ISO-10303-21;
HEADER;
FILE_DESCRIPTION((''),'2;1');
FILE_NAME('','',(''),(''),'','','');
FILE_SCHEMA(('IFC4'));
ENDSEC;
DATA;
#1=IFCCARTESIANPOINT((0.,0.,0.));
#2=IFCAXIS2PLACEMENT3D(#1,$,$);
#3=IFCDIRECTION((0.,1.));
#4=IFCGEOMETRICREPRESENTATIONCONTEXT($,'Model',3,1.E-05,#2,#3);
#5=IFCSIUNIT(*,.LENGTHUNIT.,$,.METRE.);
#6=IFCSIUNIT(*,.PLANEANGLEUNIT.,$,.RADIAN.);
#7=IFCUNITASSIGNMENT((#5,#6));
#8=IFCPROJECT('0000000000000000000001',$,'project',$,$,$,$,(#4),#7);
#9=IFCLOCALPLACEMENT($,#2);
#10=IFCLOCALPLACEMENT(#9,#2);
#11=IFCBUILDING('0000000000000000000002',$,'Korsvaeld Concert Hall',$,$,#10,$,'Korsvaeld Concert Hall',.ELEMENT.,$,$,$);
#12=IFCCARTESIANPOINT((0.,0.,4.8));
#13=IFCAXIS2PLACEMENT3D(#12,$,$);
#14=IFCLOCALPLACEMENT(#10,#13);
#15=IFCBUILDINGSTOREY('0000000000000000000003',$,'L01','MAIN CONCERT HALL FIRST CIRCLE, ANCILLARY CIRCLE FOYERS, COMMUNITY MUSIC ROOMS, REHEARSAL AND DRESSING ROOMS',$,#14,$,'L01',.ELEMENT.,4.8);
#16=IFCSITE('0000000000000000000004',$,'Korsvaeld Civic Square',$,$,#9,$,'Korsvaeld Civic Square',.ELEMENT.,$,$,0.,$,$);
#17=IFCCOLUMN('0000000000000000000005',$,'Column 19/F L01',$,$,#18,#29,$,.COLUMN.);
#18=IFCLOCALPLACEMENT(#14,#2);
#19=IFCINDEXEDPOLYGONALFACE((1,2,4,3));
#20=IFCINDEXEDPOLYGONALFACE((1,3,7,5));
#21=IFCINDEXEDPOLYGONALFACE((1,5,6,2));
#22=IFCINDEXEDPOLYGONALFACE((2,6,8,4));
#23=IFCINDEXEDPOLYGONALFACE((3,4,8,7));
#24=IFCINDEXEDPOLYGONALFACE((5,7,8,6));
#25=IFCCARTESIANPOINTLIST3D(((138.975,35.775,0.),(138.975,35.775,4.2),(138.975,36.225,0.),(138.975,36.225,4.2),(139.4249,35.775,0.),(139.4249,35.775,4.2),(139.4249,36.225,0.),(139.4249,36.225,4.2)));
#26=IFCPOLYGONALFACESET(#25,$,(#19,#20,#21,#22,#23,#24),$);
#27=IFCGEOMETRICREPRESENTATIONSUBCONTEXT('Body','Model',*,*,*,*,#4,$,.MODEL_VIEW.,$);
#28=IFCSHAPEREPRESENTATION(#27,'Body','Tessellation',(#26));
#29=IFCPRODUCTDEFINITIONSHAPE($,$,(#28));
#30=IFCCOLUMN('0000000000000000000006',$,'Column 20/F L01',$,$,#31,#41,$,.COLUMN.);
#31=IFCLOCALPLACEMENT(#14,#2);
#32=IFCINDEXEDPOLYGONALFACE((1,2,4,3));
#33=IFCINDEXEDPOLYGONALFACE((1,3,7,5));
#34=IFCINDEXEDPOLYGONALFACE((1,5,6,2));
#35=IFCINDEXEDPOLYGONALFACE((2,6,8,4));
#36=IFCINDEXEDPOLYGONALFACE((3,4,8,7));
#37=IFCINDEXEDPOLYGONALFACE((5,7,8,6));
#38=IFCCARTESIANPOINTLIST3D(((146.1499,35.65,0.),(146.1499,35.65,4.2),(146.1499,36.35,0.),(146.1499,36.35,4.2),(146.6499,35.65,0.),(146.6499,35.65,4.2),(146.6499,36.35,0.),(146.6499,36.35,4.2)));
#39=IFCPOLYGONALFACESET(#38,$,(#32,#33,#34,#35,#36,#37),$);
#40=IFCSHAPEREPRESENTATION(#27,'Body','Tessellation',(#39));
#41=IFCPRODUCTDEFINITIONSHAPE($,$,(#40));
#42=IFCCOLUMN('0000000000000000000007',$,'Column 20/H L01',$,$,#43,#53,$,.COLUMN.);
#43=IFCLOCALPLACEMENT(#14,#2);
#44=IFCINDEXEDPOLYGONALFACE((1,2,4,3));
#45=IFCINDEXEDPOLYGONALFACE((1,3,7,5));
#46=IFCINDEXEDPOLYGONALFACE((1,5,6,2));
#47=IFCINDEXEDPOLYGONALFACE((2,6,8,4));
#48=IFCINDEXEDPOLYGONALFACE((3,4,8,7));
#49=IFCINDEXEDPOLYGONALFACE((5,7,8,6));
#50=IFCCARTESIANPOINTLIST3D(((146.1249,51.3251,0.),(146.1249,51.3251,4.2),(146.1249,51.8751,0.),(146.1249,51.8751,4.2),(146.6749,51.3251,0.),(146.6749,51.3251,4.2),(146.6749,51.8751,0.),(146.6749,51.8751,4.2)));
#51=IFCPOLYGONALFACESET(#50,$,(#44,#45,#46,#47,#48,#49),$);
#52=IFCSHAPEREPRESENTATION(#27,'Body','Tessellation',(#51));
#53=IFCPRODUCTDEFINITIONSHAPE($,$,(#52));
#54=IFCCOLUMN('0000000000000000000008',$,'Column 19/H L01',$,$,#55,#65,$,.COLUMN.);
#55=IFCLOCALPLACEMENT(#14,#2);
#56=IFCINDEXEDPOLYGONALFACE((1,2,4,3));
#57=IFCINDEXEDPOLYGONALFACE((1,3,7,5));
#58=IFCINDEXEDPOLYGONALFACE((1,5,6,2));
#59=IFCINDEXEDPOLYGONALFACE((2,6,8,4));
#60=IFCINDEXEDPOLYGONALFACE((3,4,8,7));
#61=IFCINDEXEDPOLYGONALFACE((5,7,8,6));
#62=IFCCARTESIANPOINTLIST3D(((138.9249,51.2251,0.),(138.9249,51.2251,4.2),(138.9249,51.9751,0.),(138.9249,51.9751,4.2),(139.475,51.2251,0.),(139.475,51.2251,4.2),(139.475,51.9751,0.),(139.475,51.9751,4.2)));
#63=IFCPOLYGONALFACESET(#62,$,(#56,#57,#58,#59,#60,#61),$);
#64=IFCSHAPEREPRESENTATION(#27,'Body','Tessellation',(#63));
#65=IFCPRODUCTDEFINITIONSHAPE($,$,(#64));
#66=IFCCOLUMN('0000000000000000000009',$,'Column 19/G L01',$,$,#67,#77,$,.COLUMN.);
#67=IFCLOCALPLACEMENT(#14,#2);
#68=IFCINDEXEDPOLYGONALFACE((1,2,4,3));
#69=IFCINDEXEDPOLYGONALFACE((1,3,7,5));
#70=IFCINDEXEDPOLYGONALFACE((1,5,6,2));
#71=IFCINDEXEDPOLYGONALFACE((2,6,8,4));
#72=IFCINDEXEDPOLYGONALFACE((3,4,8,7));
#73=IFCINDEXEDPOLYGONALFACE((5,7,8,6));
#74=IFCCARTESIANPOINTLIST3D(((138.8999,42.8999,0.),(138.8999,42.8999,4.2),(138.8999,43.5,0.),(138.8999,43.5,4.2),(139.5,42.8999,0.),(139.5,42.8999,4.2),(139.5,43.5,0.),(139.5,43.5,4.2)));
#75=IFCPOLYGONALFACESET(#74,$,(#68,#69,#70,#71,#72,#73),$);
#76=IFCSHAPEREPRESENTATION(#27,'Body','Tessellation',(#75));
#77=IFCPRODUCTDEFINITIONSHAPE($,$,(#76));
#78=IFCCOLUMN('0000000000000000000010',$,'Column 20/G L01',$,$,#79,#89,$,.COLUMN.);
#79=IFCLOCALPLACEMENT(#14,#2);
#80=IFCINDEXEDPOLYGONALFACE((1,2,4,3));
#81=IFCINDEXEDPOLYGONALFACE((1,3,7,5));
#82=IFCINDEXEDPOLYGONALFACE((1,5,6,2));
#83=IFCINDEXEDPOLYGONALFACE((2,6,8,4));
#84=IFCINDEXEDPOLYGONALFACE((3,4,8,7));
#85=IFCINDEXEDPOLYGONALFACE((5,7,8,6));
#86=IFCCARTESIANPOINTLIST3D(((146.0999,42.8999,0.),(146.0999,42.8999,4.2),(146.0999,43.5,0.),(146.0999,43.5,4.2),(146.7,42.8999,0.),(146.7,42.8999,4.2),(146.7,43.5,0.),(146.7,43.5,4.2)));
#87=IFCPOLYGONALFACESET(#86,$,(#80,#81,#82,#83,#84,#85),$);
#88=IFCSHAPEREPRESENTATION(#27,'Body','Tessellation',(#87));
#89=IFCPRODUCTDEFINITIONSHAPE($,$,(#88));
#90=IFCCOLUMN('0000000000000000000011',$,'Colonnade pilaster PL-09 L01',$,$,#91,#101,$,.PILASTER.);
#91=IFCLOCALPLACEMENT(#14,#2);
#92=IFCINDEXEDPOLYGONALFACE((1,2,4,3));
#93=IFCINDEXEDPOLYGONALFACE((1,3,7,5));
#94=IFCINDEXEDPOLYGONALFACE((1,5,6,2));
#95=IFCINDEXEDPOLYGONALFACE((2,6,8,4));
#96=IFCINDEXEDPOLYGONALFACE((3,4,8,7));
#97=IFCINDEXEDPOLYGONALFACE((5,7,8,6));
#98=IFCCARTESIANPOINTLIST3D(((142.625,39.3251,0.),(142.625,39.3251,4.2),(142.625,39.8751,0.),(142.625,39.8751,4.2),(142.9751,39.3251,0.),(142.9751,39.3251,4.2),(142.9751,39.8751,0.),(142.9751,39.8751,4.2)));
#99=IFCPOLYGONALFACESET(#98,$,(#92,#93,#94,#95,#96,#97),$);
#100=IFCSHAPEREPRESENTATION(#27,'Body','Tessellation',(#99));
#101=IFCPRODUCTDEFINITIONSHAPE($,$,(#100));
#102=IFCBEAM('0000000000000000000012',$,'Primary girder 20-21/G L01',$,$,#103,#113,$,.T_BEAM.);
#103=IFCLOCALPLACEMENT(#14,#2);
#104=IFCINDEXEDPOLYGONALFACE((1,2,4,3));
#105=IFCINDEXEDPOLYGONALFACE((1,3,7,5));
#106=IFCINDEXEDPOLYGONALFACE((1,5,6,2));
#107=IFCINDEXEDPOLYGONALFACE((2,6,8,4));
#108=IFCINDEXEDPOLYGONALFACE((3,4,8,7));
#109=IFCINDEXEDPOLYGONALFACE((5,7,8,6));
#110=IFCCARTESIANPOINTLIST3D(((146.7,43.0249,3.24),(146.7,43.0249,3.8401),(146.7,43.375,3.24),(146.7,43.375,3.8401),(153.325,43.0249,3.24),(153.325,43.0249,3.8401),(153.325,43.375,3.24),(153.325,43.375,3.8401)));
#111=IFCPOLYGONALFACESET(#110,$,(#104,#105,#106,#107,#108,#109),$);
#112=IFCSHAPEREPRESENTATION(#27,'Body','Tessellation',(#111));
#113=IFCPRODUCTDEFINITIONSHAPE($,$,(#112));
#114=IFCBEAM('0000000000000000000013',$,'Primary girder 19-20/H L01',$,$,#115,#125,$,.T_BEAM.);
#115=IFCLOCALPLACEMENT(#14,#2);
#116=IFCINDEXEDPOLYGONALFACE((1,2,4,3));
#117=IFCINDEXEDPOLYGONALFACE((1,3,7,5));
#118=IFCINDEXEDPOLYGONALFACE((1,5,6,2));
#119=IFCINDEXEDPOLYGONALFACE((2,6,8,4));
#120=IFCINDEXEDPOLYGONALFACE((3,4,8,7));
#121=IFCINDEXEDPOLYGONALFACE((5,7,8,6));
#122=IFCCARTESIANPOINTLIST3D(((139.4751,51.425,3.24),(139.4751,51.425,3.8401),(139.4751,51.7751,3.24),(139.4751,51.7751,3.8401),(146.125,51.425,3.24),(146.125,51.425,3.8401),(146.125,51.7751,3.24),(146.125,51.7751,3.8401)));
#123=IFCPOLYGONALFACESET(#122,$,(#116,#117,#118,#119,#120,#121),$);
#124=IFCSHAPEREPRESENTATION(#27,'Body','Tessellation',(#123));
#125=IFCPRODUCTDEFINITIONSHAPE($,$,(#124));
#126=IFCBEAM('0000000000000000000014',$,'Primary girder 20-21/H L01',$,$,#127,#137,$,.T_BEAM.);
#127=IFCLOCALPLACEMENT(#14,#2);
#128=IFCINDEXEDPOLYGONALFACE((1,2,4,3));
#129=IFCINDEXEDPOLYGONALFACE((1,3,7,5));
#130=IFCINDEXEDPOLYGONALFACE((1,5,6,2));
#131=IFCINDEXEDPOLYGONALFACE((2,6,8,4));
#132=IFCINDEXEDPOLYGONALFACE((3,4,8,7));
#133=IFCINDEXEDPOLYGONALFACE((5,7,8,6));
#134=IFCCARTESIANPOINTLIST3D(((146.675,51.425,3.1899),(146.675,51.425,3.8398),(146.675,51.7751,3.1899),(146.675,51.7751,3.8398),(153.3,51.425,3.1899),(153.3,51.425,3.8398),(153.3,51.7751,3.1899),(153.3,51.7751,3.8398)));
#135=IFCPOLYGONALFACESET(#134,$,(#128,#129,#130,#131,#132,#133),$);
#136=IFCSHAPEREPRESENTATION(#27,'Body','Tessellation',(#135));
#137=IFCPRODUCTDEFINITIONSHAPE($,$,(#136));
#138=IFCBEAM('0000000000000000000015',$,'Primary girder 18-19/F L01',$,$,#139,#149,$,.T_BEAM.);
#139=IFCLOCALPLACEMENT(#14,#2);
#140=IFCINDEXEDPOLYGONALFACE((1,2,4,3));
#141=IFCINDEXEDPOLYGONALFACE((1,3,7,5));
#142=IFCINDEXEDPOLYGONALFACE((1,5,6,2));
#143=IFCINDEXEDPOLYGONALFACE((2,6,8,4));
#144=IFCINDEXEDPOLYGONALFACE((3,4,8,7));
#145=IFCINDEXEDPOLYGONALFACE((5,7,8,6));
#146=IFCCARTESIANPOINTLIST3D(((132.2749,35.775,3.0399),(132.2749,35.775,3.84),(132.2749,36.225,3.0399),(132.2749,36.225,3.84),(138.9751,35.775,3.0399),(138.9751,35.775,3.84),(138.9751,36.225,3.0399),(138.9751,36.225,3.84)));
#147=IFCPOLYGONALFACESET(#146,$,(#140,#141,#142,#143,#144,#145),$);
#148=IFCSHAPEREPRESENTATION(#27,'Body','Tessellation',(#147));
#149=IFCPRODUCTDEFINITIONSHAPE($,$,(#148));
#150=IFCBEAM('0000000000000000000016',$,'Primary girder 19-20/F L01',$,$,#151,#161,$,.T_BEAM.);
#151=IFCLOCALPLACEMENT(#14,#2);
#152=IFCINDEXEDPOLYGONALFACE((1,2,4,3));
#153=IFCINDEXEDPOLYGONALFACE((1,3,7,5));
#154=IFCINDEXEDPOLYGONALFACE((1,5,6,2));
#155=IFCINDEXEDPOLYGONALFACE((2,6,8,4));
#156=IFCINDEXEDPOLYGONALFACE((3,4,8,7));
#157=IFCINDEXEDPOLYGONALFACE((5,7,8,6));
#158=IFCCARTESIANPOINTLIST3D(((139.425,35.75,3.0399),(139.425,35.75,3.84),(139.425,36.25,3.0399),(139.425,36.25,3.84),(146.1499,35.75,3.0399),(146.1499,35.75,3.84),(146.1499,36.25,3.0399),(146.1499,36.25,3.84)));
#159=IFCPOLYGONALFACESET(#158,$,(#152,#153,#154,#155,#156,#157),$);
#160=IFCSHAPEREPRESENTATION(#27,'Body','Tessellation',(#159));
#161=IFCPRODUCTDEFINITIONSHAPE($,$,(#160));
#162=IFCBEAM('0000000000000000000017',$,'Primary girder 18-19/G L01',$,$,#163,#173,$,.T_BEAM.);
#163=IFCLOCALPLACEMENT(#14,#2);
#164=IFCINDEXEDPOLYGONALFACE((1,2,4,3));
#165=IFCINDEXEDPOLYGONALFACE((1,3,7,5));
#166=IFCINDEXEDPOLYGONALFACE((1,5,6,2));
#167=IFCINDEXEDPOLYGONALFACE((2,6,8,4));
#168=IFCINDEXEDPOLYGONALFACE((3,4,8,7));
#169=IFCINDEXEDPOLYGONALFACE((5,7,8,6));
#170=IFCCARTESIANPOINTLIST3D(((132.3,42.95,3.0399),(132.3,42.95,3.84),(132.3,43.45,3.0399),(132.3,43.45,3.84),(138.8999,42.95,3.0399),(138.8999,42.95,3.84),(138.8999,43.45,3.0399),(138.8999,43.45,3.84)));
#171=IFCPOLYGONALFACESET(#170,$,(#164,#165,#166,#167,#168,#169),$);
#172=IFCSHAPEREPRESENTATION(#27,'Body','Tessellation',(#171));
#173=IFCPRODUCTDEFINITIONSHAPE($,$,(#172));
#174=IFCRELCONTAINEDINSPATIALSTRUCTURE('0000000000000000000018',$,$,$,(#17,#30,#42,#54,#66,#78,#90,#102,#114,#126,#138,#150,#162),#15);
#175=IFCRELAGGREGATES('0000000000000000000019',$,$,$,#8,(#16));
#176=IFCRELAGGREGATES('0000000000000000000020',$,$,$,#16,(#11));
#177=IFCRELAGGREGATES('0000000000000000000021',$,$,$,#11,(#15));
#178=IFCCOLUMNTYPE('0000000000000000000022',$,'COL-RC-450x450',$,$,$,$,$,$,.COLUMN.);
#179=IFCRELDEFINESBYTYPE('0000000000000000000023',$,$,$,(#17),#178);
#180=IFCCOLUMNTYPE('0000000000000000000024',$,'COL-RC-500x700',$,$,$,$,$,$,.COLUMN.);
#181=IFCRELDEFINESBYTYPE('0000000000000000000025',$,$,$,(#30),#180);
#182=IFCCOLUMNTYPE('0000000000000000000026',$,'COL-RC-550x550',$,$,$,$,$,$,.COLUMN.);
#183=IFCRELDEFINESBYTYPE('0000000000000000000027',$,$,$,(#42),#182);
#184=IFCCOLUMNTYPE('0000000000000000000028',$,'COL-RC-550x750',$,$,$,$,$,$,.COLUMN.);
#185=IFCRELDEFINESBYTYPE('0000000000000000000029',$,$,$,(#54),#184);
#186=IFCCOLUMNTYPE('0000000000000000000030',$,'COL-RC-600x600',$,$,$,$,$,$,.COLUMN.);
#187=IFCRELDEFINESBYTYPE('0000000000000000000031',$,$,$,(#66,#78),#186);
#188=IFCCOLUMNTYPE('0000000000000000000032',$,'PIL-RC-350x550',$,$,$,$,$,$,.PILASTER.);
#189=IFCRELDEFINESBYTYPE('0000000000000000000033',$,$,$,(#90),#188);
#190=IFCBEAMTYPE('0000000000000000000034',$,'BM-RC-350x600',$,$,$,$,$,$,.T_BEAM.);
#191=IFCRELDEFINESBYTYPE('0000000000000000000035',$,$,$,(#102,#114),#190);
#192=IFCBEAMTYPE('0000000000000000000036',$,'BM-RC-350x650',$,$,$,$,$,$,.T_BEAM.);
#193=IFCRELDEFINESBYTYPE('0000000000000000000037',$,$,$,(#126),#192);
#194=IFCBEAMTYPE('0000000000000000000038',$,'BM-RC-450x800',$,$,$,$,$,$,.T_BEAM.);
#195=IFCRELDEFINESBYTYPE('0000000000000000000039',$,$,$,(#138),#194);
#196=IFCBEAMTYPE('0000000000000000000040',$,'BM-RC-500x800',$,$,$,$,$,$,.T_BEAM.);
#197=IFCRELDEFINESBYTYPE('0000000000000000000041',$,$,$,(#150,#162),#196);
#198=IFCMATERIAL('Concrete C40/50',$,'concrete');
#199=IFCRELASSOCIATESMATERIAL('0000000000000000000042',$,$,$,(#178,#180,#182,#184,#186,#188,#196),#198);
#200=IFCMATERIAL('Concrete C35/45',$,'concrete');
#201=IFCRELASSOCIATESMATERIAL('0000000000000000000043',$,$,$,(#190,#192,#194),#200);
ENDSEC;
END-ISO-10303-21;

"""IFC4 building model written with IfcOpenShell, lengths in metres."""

from ifc_helpers import new_model, si_unit, direction, frame, origin, origin_2d, place, context, subcontext, project, spatial, rectangle, extrude, material, material_profile, profile_set, type_object, element, save


model = new_model("IFC4")

# Units and contexts
model_context = context("Model", 3, precision=1e-05, world=origin(), true_north=direction((0.0, 1.0)))
body_context = subcontext(model_context, "Body", "Model", "MODEL_VIEW")
ifc_project = project(units=[si_unit("LENGTHUNIT", "METRE"), si_unit("PLANEANGLEUNIT", "RADIAN")], contexts=[model_context])

# Site, building, storey
site_placement = place(None, origin())
site = spatial("IfcSite", under=ifc_project, at=site_placement, Name="Korsvaeld Civic Square", LongName="Korsvaeld Civic Square", CompositionType="ELEMENT", RefElevation=0.0)
building_placement = place(site_placement, origin())
building = spatial("IfcBuilding", under=site, at=building_placement, Name="Korsvaeld Concert Hall", LongName="Korsvaeld Concert Hall", CompositionType="ELEMENT")
storey_placement = place(building_placement, frame((0.0, 0.0, 4.8)))
storey = spatial("IfcBuildingStorey", under=building, at=storey_placement, Name="L01", Description="MAIN CONCERT HALL FIRST CIRCLE, ANCILLARY CIRCLE FOYERS, COMMUNITY MUSIC ROOMS, REHEARSAL AND DRESSING ROOMS", LongName="L01", CompositionType="ELEMENT", Elevation=4.8)

# Columns
ifc_material_1 = material(Name="Concrete C40/50", Category="concrete")
ifc_material_profile_1 = material_profile(ifc_material_1, rectangle(XDim=0.45, YDim=0.45, at=origin_2d()), Name="RC 450x450")
ifc_profile_set_1 = profile_set([ifc_material_profile_1], Name="Concrete C40/50")
column_type_1 = type_object("IfcColumnType", Name="COL-RC-450x450", PredefinedType="COLUMN", material=ifc_profile_set_1)
column_1_placement = place(storey_placement, frame((139.2, 36.0, 0.0), z_axis=(0.0, 0.0, 1.0), x_axis=(1.0, 0.0, 0.0)))
element("IfcColumn", 1, at=column_1_placement, inside=storey, type_object=column_type_1, Name="Column 19/F L01", PredefinedType="COLUMN", context=body_context, shape_type="SweptSolid", body=[
    extrude(rectangle(XDim=0.45, YDim=0.45, at=origin_2d()), origin(), (0.0, 0.0, 1.0), 4.2),
])
ifc_material_profile_2 = material_profile(ifc_material_1, rectangle(XDim=0.5, YDim=0.7, at=origin_2d()), Name="RC 500x700")
ifc_profile_set_2 = profile_set([ifc_material_profile_2], Name="Concrete C40/50")
column_type_2 = type_object("IfcColumnType", Name="COL-RC-500x700", PredefinedType="COLUMN", material=ifc_profile_set_2)
column_2_placement = place(storey_placement, frame((146.3999, 36.0, 0.0), z_axis=(0.0, 0.0, 1.0), x_axis=(1.0, 0.0, 0.0)))
element("IfcColumn", 2, at=column_2_placement, inside=storey, type_object=column_type_2, Name="Column 20/F L01", PredefinedType="COLUMN", context=body_context, shape_type="SweptSolid", body=[
    extrude(rectangle(XDim=0.5, YDim=0.7, at=origin_2d()), origin(), (0.0, 0.0, 1.0), 4.2),
])
ifc_material_profile_3 = material_profile(ifc_material_1, rectangle(XDim=0.55, YDim=0.55, at=origin_2d()), Name="RC 550x550")
ifc_profile_set_3 = profile_set([ifc_material_profile_3], Name="Concrete C40/50")
column_type_3 = type_object("IfcColumnType", Name="COL-RC-550x550", PredefinedType="COLUMN", material=ifc_profile_set_3)
column_3_placement = place(storey_placement, frame((146.3999, 51.6001, 0.0), z_axis=(0.0, 0.0, 1.0), x_axis=(1.0, 0.0, 0.0)))
element("IfcColumn", 3, at=column_3_placement, inside=storey, type_object=column_type_3, Name="Column 20/H L01", PredefinedType="COLUMN", context=body_context, shape_type="SweptSolid", body=[
    extrude(rectangle(XDim=0.55, YDim=0.55, at=origin_2d()), origin(), (0.0, 0.0, 1.0), 4.2),
])
ifc_material_profile_4 = material_profile(ifc_material_1, rectangle(XDim=0.55, YDim=0.75, at=origin_2d()), Name="RC 550x750")
ifc_profile_set_4 = profile_set([ifc_material_profile_4], Name="Concrete C40/50")
column_type_4 = type_object("IfcColumnType", Name="COL-RC-550x750", PredefinedType="COLUMN", material=ifc_profile_set_4)
column_4_placement = place(storey_placement, frame((139.2, 51.6001, 0.0), z_axis=(0.0, 0.0, 1.0), x_axis=(1.0, 0.0, 0.0)))
element("IfcColumn", 4, at=column_4_placement, inside=storey, type_object=column_type_4, Name="Column 19/H L01", PredefinedType="COLUMN", context=body_context, shape_type="SweptSolid", body=[
    extrude(rectangle(XDim=0.55, YDim=0.75, at=origin_2d()), origin(), (0.0, 0.0, 1.0), 4.2),
])
ifc_material_profile_5 = material_profile(ifc_material_1, rectangle(XDim=0.6001, YDim=0.6001, at=origin_2d()), Name="RC 600x600")
ifc_profile_set_5 = profile_set([ifc_material_profile_5], Name="Concrete C40/50")
column_type_5 = type_object("IfcColumnType", Name="COL-RC-600x600", PredefinedType="COLUMN", material=ifc_profile_set_5)
for number, where, z_axis, x_axis, name in (
    (5, (139.2, 43.2, 0.0), (0.0, 0.0, 1.0), (1.0, 0.0, 0.0), "Column 19/G L01"),
    (6, (146.3999, 43.2, 0.0), (0.0, 0.0, 1.0), (1.0, 0.0, 0.0), "Column 20/G L01"),
):
    element("IfcColumn", number, at=place(storey_placement, frame(where, z_axis=z_axis, x_axis=x_axis)), inside=storey, type_object=column_type_5, Name=name, PredefinedType="COLUMN", context=body_context, shape_type="SweptSolid", body=[
        extrude(rectangle(XDim=0.6001, YDim=0.6001, at=origin_2d()), origin(), (0.0, 0.0, 1.0), 4.2),
    ])
ifc_material_profile_6 = material_profile(ifc_material_1, rectangle(XDim=0.3501, YDim=0.55, at=origin_2d()), Name="RC 350x550")
ifc_profile_set_6 = profile_set([ifc_material_profile_6], Name="Concrete C40/50")
column_type_6 = type_object("IfcColumnType", Name="PIL-RC-350x550", PredefinedType="PILASTER", material=ifc_profile_set_6)
column_5_placement = place(storey_placement, frame((142.8, 39.6001, 0.0), z_axis=(0.0, 0.0, 1.0), x_axis=(1.0, 0.0, 0.0)))
element("IfcColumn", 7, at=column_5_placement, inside=storey, type_object=column_type_6, Name="Colonnade pilaster PL-09 L01", PredefinedType="PILASTER", context=body_context, shape_type="SweptSolid", body=[
    extrude(rectangle(XDim=0.3501, YDim=0.55, at=origin_2d()), origin(), (0.0, 0.0, 1.0), 4.2),
])

# Beams
ifc_material_2 = material(Name="Concrete C35/45", Category="concrete")
ifc_material_profile_7 = material_profile(ifc_material_2, rectangle(XDim=0.3501, YDim=0.6001, at=origin_2d()), Name="RC 350x600")
ifc_profile_set_7 = profile_set([ifc_material_profile_7], Name="Concrete C35/45")
beam_type_1 = type_object("IfcBeamType", Name="BM-RC-350x600", PredefinedType="T_BEAM", material=ifc_profile_set_7)
beam_1_placement = place(storey_placement, frame((146.7, 43.2, 3.54), z_axis=(1.0, 0.0, 0.0), x_axis=(0.0, 1.0, 0.0)))
element("IfcBeam", 8, at=beam_1_placement, inside=storey, type_object=beam_type_1, Name="Primary girder 20-21/G L01", PredefinedType="T_BEAM", context=body_context, shape_type="SweptSolid", body=[
    extrude(rectangle(XDim=0.3501, YDim=0.6001, at=origin_2d()), origin(), (0.0, 0.0, 1.0), 6.625),
])
beam_2_placement = place(storey_placement, frame((139.4751, 51.6001, 3.54), z_axis=(1.0, 0.0, 0.0), x_axis=(0.0, 1.0, 0.0)))
element("IfcBeam", 9, at=beam_2_placement, inside=storey, type_object=beam_type_1, Name="Primary girder 19-20/H L01", PredefinedType="T_BEAM", context=body_context, shape_type="SweptSolid", body=[
    extrude(rectangle(XDim=0.3501, YDim=0.6001, at=origin_2d()), origin(), (0.0, 0.0, 1.0), 6.6499),
])
ifc_material_profile_8 = material_profile(ifc_material_2, rectangle(XDim=0.3501, YDim=0.6499, at=origin_2d()), Name="RC 350x650")
ifc_profile_set_8 = profile_set([ifc_material_profile_8], Name="Concrete C35/45")
beam_type_2 = type_object("IfcBeamType", Name="BM-RC-350x650", PredefinedType="T_BEAM", material=ifc_profile_set_8)
beam_3_placement = place(storey_placement, frame((146.675, 51.6001, 3.5149), z_axis=(1.0, 0.0, 0.0), x_axis=(0.0, 1.0, 0.0)))
element("IfcBeam", 10, at=beam_3_placement, inside=storey, type_object=beam_type_2, Name="Primary girder 20-21/H L01", PredefinedType="T_BEAM", context=body_context, shape_type="SweptSolid", body=[
    extrude(rectangle(XDim=0.3501, YDim=0.6499, at=origin_2d()), origin(), (0.0, 0.0, 1.0), 6.625),
])
ifc_material_profile_9 = material_profile(ifc_material_2, rectangle(XDim=0.45, YDim=0.8, at=origin_2d()), Name="RC 450x800")
ifc_profile_set_9 = profile_set([ifc_material_profile_9], Name="Concrete C35/45")
beam_type_3 = type_object("IfcBeamType", Name="BM-RC-450x800", PredefinedType="T_BEAM", material=ifc_profile_set_9)
beam_4_placement = place(storey_placement, frame((132.2749, 36.0, 3.4399), z_axis=(1.0, 0.0, 0.0), x_axis=(0.0, 1.0, 0.0)))
element("IfcBeam", 11, at=beam_4_placement, inside=storey, type_object=beam_type_3, Name="Primary girder 18-19/F L01", PredefinedType="T_BEAM", context=body_context, shape_type="SweptSolid", body=[
    extrude(rectangle(XDim=0.45, YDim=0.8, at=origin_2d()), origin(), (0.0, 0.0, 1.0), 6.7002),
])
ifc_material_profile_10 = material_profile(ifc_material_1, rectangle(XDim=0.5, YDim=0.8, at=origin_2d()), Name="RC 500x800")
ifc_profile_set_10 = profile_set([ifc_material_profile_10], Name="Concrete C40/50")
beam_type_4 = type_object("IfcBeamType", Name="BM-RC-500x800", PredefinedType="T_BEAM", material=ifc_profile_set_10)
beam_5_placement = place(storey_placement, frame((139.425, 36.0, 3.4399), z_axis=(1.0, 0.0, 0.0), x_axis=(0.0, 1.0, 0.0)))
element("IfcBeam", 12, at=beam_5_placement, inside=storey, type_object=beam_type_4, Name="Primary girder 19-20/F L01", PredefinedType="T_BEAM", context=body_context, shape_type="SweptSolid", body=[
    extrude(rectangle(XDim=0.5, YDim=0.8, at=origin_2d()), origin(), (0.0, 0.0, 1.0), 6.7249),
])
beam_6_placement = place(storey_placement, frame((132.3, 43.2, 3.4399), z_axis=(1.0, 0.0, 0.0), x_axis=(0.0, 1.0, 0.0)))
element("IfcBeam", 13, at=beam_6_placement, inside=storey, type_object=beam_type_4, Name="Primary girder 18-19/G L01", PredefinedType="T_BEAM", context=body_context, shape_type="SweptSolid", body=[
    extrude(rectangle(XDim=0.5, YDim=0.8, at=origin_2d()), origin(), (0.0, 0.0, 1.0), 6.5999),
])

save(model, "model.ifc")
